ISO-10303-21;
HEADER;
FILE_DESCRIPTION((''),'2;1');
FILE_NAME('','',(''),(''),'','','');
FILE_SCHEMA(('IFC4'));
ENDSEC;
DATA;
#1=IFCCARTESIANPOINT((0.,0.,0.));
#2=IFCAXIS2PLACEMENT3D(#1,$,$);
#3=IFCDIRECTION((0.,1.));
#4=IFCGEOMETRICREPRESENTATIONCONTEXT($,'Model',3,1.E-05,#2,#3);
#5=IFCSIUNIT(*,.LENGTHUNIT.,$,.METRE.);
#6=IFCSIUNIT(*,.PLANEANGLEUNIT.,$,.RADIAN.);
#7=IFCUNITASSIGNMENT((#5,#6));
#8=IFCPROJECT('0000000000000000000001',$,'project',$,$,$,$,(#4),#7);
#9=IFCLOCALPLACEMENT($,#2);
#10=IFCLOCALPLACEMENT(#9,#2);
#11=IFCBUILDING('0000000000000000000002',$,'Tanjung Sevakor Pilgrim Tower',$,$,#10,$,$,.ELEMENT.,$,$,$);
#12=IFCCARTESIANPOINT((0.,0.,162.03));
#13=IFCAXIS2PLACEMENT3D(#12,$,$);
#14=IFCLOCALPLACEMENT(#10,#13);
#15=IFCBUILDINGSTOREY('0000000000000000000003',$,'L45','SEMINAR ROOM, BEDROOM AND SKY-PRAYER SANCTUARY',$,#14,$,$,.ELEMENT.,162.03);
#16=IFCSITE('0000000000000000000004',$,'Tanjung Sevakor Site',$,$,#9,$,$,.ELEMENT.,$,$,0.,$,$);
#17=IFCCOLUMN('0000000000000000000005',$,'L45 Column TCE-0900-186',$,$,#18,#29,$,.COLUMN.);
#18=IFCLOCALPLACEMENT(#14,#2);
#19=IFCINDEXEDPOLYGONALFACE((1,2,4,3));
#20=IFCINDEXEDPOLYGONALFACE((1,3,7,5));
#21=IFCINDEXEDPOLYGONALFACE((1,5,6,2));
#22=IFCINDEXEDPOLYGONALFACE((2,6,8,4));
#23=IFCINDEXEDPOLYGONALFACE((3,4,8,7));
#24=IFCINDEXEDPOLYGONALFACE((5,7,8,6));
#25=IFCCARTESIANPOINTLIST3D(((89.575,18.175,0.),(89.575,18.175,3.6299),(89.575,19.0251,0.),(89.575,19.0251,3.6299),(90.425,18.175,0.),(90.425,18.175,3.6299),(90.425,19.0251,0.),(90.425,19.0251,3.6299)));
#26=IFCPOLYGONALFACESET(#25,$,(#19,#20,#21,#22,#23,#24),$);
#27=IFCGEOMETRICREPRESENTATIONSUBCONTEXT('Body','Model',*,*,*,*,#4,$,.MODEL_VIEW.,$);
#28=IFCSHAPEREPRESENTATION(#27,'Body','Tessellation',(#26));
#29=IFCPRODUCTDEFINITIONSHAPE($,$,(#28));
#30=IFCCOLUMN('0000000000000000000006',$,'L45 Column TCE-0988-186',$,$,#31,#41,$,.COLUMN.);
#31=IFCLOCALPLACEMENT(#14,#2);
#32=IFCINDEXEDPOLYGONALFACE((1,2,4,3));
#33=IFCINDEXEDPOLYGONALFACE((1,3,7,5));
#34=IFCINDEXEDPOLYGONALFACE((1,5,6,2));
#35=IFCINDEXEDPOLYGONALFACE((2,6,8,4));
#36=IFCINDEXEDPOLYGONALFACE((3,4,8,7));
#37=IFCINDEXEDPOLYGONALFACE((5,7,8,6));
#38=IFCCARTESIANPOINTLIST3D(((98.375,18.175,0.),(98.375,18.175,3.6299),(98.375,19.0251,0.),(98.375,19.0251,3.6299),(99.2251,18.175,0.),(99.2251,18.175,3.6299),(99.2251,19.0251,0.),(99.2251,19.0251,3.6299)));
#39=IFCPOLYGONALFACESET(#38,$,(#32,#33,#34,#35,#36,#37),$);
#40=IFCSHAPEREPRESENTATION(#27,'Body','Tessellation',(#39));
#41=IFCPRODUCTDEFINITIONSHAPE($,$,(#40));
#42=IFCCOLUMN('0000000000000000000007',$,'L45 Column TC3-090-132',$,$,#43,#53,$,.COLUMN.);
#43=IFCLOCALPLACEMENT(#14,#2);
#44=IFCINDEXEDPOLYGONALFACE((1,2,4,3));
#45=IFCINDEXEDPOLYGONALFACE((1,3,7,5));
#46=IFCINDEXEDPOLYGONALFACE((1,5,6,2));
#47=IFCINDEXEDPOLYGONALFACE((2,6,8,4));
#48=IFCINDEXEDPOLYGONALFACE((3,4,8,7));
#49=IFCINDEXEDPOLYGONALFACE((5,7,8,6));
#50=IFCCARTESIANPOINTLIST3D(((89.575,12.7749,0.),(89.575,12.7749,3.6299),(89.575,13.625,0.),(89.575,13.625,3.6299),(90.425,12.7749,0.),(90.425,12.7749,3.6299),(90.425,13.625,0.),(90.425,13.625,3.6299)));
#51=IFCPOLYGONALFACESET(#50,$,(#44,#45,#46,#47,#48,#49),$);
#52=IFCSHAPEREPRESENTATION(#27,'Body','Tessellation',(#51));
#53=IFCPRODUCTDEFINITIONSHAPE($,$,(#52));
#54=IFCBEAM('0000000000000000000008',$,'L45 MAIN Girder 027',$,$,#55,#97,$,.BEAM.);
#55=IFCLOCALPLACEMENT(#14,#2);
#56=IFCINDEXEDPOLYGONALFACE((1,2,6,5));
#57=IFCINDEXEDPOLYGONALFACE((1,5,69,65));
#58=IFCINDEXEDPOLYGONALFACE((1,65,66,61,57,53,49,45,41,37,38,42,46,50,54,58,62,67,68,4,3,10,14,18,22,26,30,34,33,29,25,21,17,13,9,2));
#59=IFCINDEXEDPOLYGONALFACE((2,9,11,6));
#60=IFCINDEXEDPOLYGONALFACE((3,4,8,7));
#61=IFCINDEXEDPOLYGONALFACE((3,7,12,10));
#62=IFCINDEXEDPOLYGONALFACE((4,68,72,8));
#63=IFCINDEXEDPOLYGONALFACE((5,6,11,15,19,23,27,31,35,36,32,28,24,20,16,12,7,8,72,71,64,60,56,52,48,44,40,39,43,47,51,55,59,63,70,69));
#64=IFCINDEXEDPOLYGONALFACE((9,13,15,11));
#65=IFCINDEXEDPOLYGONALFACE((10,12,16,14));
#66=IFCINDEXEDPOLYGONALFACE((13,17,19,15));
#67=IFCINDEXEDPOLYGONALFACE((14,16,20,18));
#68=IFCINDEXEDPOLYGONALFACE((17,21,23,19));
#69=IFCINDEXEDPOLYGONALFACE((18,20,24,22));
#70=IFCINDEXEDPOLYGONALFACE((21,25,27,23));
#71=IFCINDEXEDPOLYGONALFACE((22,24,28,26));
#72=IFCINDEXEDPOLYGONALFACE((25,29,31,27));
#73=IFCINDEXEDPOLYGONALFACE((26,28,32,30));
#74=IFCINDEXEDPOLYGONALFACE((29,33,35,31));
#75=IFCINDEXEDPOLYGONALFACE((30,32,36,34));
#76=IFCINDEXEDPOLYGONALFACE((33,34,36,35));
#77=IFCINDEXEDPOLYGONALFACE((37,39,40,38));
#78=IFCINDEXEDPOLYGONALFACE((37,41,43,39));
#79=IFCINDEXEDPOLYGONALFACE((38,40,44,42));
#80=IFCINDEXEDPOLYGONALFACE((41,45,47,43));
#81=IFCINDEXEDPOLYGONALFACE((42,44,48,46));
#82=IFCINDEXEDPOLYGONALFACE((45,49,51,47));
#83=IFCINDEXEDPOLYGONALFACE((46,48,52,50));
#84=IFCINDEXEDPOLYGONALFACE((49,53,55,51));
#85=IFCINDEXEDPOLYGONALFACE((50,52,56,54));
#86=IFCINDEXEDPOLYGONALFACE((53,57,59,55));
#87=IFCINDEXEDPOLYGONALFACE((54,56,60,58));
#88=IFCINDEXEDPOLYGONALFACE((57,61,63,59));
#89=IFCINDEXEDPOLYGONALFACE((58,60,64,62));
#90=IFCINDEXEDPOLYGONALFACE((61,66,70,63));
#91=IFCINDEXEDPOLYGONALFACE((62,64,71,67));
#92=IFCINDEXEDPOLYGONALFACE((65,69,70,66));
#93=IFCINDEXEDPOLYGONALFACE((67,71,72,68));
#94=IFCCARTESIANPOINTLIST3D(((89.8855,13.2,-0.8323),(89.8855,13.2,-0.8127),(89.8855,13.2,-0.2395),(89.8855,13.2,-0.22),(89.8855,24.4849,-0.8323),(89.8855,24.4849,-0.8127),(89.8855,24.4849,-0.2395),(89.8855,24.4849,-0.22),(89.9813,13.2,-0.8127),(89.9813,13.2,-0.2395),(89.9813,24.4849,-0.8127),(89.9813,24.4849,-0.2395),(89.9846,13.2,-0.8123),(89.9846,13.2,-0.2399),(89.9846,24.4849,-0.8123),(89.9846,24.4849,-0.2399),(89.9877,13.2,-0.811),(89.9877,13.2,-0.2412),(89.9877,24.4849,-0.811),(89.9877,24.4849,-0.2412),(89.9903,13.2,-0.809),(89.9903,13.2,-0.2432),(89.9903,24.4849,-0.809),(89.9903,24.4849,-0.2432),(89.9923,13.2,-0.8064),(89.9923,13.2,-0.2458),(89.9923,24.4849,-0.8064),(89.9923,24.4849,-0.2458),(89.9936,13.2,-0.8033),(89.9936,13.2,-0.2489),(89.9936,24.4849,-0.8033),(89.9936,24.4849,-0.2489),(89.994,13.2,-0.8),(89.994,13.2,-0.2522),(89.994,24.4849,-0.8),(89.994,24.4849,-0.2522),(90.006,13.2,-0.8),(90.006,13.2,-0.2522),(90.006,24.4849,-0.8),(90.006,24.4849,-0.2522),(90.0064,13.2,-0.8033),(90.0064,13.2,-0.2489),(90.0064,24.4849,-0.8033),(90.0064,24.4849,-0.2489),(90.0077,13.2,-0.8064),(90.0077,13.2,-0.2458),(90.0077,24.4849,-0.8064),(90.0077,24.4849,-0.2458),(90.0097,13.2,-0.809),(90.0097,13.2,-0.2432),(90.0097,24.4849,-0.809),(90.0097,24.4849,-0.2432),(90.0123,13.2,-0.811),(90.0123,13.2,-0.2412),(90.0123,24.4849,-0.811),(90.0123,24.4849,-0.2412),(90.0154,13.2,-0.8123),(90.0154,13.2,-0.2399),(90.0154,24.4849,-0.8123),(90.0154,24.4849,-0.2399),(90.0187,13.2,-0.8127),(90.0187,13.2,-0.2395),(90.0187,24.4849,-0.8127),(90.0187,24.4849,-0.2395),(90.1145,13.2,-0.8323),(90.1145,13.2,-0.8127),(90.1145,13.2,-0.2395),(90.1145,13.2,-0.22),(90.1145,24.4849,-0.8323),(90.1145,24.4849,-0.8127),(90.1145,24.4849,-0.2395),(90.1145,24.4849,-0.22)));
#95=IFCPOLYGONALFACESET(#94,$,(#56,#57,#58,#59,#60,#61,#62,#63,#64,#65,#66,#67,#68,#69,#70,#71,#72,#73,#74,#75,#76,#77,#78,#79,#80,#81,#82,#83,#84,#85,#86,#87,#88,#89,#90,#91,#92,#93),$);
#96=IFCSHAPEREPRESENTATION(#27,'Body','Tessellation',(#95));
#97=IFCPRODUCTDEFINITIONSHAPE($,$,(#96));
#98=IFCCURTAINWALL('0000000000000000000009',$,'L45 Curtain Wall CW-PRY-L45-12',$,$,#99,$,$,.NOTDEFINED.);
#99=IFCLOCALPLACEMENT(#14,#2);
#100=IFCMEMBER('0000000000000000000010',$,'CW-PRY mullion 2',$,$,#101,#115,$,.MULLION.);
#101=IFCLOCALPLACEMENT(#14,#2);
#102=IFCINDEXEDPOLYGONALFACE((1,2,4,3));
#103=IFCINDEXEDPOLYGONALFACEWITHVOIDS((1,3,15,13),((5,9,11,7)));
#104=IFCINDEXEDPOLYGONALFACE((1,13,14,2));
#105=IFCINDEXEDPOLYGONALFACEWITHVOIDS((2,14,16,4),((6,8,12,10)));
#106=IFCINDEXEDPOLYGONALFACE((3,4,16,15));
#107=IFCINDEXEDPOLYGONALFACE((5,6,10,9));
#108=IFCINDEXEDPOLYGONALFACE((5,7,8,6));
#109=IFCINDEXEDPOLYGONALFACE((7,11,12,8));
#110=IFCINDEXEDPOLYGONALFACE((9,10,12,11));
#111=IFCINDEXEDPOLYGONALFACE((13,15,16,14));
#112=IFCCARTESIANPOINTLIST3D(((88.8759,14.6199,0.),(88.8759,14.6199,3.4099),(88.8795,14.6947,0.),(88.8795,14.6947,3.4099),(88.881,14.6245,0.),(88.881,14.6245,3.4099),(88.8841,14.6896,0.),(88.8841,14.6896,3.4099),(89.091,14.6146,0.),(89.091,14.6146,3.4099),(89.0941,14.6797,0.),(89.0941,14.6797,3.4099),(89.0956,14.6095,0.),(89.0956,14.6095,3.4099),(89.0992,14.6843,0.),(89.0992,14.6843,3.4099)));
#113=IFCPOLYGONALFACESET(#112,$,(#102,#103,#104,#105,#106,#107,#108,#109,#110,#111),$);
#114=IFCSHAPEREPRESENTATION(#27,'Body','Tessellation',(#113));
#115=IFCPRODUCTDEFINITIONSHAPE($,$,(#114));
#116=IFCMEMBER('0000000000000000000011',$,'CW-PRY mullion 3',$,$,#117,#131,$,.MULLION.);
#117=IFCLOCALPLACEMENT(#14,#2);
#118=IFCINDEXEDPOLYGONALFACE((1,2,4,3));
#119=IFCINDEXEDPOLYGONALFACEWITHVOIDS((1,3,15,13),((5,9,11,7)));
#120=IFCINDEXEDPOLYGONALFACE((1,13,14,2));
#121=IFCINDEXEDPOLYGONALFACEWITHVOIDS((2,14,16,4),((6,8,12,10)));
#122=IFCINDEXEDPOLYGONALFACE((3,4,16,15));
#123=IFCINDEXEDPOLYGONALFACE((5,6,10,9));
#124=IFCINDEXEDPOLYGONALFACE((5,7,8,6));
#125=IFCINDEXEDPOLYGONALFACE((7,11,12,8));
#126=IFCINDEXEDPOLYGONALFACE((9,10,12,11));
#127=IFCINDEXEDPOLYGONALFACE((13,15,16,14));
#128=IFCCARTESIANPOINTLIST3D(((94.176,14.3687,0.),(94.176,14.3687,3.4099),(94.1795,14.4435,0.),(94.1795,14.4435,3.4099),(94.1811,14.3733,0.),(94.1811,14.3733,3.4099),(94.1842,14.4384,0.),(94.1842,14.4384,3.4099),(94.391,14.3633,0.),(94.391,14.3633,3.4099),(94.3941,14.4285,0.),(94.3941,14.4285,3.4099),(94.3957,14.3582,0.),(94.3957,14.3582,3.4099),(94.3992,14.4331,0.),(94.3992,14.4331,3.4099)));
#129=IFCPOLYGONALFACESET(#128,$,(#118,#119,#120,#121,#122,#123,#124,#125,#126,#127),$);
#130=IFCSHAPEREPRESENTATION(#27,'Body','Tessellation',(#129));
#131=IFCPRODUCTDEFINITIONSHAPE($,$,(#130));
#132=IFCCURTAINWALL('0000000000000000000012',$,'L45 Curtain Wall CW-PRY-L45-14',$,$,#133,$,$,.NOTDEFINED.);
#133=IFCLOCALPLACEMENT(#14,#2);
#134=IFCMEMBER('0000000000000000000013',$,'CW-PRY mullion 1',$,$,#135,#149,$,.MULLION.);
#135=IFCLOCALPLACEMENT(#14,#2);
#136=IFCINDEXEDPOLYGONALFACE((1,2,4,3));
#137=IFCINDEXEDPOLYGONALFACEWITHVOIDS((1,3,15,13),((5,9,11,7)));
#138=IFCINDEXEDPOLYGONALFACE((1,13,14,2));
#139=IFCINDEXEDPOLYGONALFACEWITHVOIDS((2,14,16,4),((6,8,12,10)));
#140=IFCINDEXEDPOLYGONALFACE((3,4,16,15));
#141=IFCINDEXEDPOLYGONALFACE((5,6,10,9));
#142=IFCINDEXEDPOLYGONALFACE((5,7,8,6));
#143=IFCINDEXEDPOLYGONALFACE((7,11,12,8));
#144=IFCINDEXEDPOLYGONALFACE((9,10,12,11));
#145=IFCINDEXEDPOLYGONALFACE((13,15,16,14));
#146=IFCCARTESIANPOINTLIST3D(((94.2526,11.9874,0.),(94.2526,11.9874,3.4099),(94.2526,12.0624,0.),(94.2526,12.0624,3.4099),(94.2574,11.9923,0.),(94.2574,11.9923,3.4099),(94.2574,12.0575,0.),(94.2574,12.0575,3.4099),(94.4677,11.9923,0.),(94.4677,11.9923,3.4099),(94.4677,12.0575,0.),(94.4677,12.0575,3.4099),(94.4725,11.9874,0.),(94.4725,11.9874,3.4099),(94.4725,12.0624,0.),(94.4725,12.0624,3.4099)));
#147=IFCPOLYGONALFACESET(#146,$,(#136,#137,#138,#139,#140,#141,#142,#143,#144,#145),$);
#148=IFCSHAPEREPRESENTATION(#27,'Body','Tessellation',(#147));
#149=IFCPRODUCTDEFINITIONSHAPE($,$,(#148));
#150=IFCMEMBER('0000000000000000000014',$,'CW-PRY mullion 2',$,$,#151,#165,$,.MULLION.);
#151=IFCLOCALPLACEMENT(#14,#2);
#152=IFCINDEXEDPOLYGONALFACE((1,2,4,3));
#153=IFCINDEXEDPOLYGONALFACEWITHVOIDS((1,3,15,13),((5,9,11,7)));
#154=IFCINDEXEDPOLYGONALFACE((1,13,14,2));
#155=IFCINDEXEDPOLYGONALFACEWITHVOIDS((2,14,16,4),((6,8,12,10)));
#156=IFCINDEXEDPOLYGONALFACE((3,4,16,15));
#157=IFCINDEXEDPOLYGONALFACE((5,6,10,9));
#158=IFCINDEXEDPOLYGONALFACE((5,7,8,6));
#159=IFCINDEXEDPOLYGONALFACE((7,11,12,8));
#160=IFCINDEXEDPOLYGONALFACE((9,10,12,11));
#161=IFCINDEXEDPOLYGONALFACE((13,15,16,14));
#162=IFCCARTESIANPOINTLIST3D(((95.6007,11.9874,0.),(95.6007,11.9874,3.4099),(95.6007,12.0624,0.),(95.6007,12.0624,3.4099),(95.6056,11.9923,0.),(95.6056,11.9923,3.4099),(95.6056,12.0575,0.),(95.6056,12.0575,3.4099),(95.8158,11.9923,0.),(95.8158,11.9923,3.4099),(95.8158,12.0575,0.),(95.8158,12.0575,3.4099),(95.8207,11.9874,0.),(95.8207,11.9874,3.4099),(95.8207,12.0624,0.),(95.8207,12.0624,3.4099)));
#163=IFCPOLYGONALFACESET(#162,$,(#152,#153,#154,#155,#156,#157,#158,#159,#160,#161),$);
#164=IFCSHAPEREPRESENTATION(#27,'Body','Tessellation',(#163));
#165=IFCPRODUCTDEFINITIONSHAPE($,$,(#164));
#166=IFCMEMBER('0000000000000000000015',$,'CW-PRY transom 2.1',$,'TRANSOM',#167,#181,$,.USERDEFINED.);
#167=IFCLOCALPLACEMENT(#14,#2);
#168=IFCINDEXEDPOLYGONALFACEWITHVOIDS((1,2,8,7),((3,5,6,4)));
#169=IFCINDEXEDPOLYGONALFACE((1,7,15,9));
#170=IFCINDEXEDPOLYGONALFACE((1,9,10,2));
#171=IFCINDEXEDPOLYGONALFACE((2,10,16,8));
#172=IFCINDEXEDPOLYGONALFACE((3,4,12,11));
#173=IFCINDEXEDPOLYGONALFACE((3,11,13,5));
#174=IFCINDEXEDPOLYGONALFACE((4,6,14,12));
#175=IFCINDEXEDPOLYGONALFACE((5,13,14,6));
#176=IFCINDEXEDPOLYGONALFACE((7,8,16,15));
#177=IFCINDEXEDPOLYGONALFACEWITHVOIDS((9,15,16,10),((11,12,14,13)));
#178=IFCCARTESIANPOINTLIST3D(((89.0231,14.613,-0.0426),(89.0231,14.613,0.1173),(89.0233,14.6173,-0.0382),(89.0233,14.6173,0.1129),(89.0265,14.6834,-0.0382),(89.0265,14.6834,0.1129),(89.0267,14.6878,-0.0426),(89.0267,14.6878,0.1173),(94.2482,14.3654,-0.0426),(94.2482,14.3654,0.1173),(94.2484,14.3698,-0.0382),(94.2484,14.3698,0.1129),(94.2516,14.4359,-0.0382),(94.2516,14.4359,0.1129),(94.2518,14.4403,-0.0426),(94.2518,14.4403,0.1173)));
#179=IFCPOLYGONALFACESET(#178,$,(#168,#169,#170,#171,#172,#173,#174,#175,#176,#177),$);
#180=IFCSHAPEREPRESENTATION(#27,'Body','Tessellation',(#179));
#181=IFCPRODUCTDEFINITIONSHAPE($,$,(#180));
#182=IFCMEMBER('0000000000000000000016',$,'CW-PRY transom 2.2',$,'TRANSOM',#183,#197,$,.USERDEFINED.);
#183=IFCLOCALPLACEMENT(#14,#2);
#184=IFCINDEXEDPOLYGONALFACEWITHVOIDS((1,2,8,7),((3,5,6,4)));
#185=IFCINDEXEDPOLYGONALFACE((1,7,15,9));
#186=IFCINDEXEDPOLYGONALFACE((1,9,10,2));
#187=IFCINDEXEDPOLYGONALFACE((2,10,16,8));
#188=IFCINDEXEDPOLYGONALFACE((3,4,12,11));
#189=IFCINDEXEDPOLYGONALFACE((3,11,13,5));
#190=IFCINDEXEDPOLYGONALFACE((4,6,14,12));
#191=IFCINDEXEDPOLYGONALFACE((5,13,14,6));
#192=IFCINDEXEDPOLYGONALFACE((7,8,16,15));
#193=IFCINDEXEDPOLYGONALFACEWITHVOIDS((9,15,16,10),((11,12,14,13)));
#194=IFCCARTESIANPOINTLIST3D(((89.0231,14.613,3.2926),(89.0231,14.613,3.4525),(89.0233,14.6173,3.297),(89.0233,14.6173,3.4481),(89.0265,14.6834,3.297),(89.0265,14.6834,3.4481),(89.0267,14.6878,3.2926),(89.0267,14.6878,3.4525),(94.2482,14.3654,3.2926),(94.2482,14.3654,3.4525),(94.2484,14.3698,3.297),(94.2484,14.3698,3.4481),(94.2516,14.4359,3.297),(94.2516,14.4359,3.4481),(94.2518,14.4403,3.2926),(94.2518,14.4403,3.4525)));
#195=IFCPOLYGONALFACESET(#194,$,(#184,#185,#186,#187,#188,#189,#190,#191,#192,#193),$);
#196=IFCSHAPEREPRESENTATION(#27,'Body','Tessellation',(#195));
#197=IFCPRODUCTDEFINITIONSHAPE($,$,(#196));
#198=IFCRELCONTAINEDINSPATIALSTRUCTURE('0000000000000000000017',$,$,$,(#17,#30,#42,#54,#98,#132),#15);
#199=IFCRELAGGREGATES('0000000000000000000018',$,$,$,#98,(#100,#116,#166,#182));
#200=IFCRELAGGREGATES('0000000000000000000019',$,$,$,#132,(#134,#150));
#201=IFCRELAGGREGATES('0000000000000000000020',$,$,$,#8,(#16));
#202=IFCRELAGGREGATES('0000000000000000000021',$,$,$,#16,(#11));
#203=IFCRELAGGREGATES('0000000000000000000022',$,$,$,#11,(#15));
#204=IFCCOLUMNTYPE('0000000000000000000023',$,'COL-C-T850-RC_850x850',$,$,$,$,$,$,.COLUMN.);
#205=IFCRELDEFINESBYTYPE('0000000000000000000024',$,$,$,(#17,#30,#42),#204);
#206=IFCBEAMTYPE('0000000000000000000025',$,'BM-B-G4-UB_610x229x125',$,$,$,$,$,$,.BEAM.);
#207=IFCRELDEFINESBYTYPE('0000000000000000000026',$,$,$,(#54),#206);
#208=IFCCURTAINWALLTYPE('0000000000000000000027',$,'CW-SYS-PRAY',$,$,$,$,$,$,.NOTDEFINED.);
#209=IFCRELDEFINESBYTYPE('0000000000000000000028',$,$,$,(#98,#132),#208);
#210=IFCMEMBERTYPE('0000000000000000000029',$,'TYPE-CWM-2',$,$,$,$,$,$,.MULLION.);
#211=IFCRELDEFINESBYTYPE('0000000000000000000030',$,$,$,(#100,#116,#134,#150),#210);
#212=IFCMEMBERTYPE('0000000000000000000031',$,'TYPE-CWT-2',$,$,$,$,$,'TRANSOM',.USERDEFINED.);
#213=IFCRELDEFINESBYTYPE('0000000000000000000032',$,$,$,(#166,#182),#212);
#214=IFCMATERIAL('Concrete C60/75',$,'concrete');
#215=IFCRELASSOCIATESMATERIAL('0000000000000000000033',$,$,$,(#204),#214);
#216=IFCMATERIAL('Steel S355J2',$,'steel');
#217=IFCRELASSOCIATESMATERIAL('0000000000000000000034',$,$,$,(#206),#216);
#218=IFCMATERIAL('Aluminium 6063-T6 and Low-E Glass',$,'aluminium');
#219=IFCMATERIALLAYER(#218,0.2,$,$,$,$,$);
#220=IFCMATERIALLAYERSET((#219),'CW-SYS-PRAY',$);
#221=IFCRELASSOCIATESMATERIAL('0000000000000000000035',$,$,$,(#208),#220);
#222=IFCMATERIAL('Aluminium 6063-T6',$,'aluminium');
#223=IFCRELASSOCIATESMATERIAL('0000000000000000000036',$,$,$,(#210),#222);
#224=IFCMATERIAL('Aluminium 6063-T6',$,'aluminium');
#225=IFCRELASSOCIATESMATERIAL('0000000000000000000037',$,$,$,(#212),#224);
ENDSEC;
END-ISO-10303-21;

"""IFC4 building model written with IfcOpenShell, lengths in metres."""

from ifc_helpers import new_model, si_unit, direction, frame, origin, origin_2d, place, context, subcontext, project, spatial, rectangle, hollow_rectangle, i_section, extrude, material, layer, layer_set, material_profile, profile_set, type_object, element, aggregate, save


model = new_model("IFC4")

# Units and contexts
model_context = context("Model", 3, precision=1e-05, world=origin(), true_north=direction((0.0, 1.0)))
body_context = subcontext(model_context, "Body", "Model", "MODEL_VIEW")
ifc_project = project(units=[si_unit("LENGTHUNIT", "METRE"), si_unit("PLANEANGLEUNIT", "RADIAN")], contexts=[model_context])

# Site, building, storey
site_placement = place(None, origin())
site = spatial("IfcSite", under=ifc_project, at=site_placement, Name="Tanjung Sevakor Site", CompositionType="ELEMENT", RefElevation=0.0)
building_placement = place(site_placement, origin())
building = spatial("IfcBuilding", under=site, at=building_placement, Name="Tanjung Sevakor Pilgrim Tower", CompositionType="ELEMENT")
storey_placement = place(building_placement, frame((0.0, 0.0, 162.03)))
storey = spatial("IfcBuildingStorey", under=building, at=storey_placement, Name="L45", Description="SEMINAR ROOM, BEDROOM AND SKY-PRAYER SANCTUARY", CompositionType="ELEMENT", Elevation=162.03)

# Columns
ifc_material_1 = material(Name="Concrete C60/75", Category="concrete")
ifc_material_profile_1 = material_profile(ifc_material_1, rectangle(XDim=0.8501, YDim=0.8501, at=origin_2d()))
ifc_profile_set_1 = profile_set([ifc_material_profile_1], Name="Concrete C60/75")
column_type = type_object("IfcColumnType", Name="COL-C-T850-RC_850x850", PredefinedType="COLUMN", material=ifc_profile_set_1)
for number, where, z_axis, x_axis, name in (
    (1, (90.0, 18.6001, 0.0), (0.0, 0.0, 1.0), (1.0, 0.0, 0.0), "L45 Column TCE-0900-186"),
    (2, (98.8, 18.6001, 0.0), (0.0, 0.0, 1.0), (1.0, 0.0, 0.0), "L45 Column TCE-0988-186"),
    (3, (90.0, 13.2, 0.0), (0.0, 0.0, 1.0), (1.0, 0.0, 0.0), "L45 Column TC3-090-132"),
):
    element("IfcColumn", number, at=place(storey_placement, frame(where, z_axis=z_axis, x_axis=x_axis)), inside=storey, type_object=column_type, Name=name, PredefinedType="COLUMN", context=body_context, shape_type="SweptSolid", body=[
        extrude(rectangle(XDim=0.8501, YDim=0.8501, at=origin_2d()), origin(), (0.0, 0.0, 1.0), 3.6299),
    ])

# Beam
ifc_material_2 = material(Name="Steel S355J2", Category="steel")
ifc_material_profile_2 = material_profile(ifc_material_2, i_section(OverallWidth=0.229, OverallDepth=0.6123, WebThickness=0.012, FlangeThickness=0.0195, FilletRadius=0.0127, at=origin_2d()))
ifc_profile_set_2 = profile_set([ifc_material_profile_2], Name="Steel S355J2")
beam_type = type_object("IfcBeamType", Name="BM-B-G4-UB_610x229x125", PredefinedType="BEAM", material=ifc_profile_set_2)
beam_placement = place(storey_placement, frame((90.0, 13.2, -0.5261), z_axis=(0.0, 1.0, 0.0), x_axis=(-1.0, 0.0, 0.0)))
element("IfcBeam", 4, at=beam_placement, inside=storey, type_object=beam_type, Name="L45 MAIN Girder 027", PredefinedType="BEAM", context=body_context, shape_type="SweptSolid", body=[
    extrude(i_section(OverallWidth=0.229, OverallDepth=0.6123, WebThickness=0.012, FlangeThickness=0.0195, FilletRadius=0.0127, at=origin_2d()), origin(), (0.0, 0.0, 1.0), 11.2849),
])

# Curtain walls, members
ifc_material_3 = material(Name="Aluminium 6063-T6 and Low-E Glass", Category="aluminium")
ifc_layer_1 = layer(ifc_material_3, 0.2)
ifc_layer_set_1 = layer_set([ifc_layer_1], Name="CW-SYS-PRAY")
curtain_wall_type = type_object("IfcCurtainWallType", Name="CW-SYS-PRAY", PredefinedType="NOTDEFINED", material=ifc_layer_set_1)
curtain_wall_1_placement = place(storey_placement, origin())
curtain_wall_1 = element("IfcCurtainWall", 5, at=curtain_wall_1_placement, inside=storey, type_object=curtain_wall_type, Name="L45 Curtain Wall CW-PRY-L45-12", PredefinedType="NOTDEFINED")
ifc_material_4 = material(Name="Aluminium 6063-T6", Category="aluminium")
ifc_material_profile_3 = material_profile(ifc_material_4, hollow_rectangle(XDim=0.075, YDim=0.22, WallThickness=0.0049, at=origin_2d()))
ifc_profile_set_3 = profile_set([ifc_material_profile_3], Name="Aluminium 6063-T6")
member_type_1 = type_object("IfcMemberType", Name="TYPE-CWM-2", PredefinedType="MULLION", material=ifc_profile_set_3)
member_1_placement = place(storey_placement, frame((88.9875, 14.6521, 0.0), z_axis=(0.0, 0.0, 1.0), x_axis=(0.047338, 0.998879, 0.0)))
member_1 = element("IfcMember", 6, at=member_1_placement, type_object=member_type_1, Name="CW-PRY mullion 2", PredefinedType="MULLION", context=body_context, shape_type="SweptSolid", body=[
    extrude(hollow_rectangle(XDim=0.075, YDim=0.22, WallThickness=0.0049, at=origin_2d()), origin(), (0.0, 0.0, 1.0), 3.4099),
])
member_2_placement = place(storey_placement, frame((94.2876, 14.4009, 0.0), z_axis=(0.0, 0.0, 1.0), x_axis=(0.047338, 0.998879, 0.0)))
member_2 = element("IfcMember", 7, at=member_2_placement, type_object=member_type_1, Name="CW-PRY mullion 3", PredefinedType="MULLION", context=body_context, shape_type="SweptSolid", body=[
    extrude(hollow_rectangle(XDim=0.075, YDim=0.22, WallThickness=0.0049, at=origin_2d()), origin(), (0.0, 0.0, 1.0), 3.4099),
])
curtain_wall_2_placement = place(storey_placement, origin())
curtain_wall_2 = element("IfcCurtainWall", 8, at=curtain_wall_2_placement, inside=storey, type_object=curtain_wall_type, Name="L45 Curtain Wall CW-PRY-L45-14", PredefinedType="NOTDEFINED")
member_3_placement = place(storey_placement, frame((94.3625, 12.0249, 0.0), z_axis=(0.0, 0.0, 1.0), x_axis=(0.0, 1.0, 0.0)))
member_3 = element("IfcMember", 9, at=member_3_placement, type_object=member_type_1, Name="CW-PRY mullion 1", PredefinedType="MULLION", context=body_context, shape_type="SweptSolid", body=[
    extrude(hollow_rectangle(XDim=0.075, YDim=0.22, WallThickness=0.0049, at=origin_2d()), origin(), (0.0, 0.0, 1.0), 3.4099),
])
member_4_placement = place(storey_placement, frame((95.7107, 12.0249, 0.0), z_axis=(0.0, 0.0, 1.0), x_axis=(0.0, 1.0, 0.0)))
member_4 = element("IfcMember", 10, at=member_4_placement, type_object=member_type_1, Name="CW-PRY mullion 2", PredefinedType="MULLION", context=body_context, shape_type="SweptSolid", body=[
    extrude(hollow_rectangle(XDim=0.075, YDim=0.22, WallThickness=0.0049, at=origin_2d()), origin(), (0.0, 0.0, 1.0), 3.4099),
])

# Members
ifc_material_5 = material(Name="Aluminium 6063-T6", Category="aluminium")
ifc_material_profile_4 = material_profile(ifc_material_5, hollow_rectangle(XDim=0.075, YDim=0.1599, WallThickness=0.0044, at=origin_2d()))
ifc_profile_set_4 = profile_set([ifc_material_profile_4], Name="Aluminium 6063-T6")
member_type_2 = type_object("IfcMemberType", Name="TYPE-CWT-2", ElementType="TRANSOM", PredefinedType="USERDEFINED", material=ifc_profile_set_4)
member_5_placement = place(storey_placement, frame((89.0249, 14.6504, 0.0374), z_axis=(0.99888, -0.047326, 0.0), x_axis=(0.047326, 0.99888, 0.0)))
member_5 = element("IfcMember", 11, at=member_5_placement, type_object=member_type_2, Name="CW-PRY transom 2.1", ObjectType="TRANSOM", PredefinedType="USERDEFINED", context=body_context, shape_type="SweptSolid", body=[
    extrude(hollow_rectangle(XDim=0.075, YDim=0.1599, WallThickness=0.0044, at=origin_2d()), origin(), (0.0, 0.0, 1.0), 5.231),
])
member_6_placement = place(storey_placement, frame((89.0249, 14.6504, 3.3726), z_axis=(0.99888, -0.047326, 0.0), x_axis=(0.047326, 0.99888, 0.0)))
member_6 = element("IfcMember", 12, at=member_6_placement, type_object=member_type_2, Name="CW-PRY transom 2.2", ObjectType="TRANSOM", PredefinedType="USERDEFINED", context=body_context, shape_type="SweptSolid", body=[
    extrude(hollow_rectangle(XDim=0.075, YDim=0.1599, WallThickness=0.0044, at=origin_2d()), origin(), (0.0, 0.0, 1.0), 5.231),
])

aggregate(curtain_wall_1, [member_1, member_2, member_5, member_6])
aggregate(curtain_wall_2, [member_3, member_4])

save(model, "model.ifc")
